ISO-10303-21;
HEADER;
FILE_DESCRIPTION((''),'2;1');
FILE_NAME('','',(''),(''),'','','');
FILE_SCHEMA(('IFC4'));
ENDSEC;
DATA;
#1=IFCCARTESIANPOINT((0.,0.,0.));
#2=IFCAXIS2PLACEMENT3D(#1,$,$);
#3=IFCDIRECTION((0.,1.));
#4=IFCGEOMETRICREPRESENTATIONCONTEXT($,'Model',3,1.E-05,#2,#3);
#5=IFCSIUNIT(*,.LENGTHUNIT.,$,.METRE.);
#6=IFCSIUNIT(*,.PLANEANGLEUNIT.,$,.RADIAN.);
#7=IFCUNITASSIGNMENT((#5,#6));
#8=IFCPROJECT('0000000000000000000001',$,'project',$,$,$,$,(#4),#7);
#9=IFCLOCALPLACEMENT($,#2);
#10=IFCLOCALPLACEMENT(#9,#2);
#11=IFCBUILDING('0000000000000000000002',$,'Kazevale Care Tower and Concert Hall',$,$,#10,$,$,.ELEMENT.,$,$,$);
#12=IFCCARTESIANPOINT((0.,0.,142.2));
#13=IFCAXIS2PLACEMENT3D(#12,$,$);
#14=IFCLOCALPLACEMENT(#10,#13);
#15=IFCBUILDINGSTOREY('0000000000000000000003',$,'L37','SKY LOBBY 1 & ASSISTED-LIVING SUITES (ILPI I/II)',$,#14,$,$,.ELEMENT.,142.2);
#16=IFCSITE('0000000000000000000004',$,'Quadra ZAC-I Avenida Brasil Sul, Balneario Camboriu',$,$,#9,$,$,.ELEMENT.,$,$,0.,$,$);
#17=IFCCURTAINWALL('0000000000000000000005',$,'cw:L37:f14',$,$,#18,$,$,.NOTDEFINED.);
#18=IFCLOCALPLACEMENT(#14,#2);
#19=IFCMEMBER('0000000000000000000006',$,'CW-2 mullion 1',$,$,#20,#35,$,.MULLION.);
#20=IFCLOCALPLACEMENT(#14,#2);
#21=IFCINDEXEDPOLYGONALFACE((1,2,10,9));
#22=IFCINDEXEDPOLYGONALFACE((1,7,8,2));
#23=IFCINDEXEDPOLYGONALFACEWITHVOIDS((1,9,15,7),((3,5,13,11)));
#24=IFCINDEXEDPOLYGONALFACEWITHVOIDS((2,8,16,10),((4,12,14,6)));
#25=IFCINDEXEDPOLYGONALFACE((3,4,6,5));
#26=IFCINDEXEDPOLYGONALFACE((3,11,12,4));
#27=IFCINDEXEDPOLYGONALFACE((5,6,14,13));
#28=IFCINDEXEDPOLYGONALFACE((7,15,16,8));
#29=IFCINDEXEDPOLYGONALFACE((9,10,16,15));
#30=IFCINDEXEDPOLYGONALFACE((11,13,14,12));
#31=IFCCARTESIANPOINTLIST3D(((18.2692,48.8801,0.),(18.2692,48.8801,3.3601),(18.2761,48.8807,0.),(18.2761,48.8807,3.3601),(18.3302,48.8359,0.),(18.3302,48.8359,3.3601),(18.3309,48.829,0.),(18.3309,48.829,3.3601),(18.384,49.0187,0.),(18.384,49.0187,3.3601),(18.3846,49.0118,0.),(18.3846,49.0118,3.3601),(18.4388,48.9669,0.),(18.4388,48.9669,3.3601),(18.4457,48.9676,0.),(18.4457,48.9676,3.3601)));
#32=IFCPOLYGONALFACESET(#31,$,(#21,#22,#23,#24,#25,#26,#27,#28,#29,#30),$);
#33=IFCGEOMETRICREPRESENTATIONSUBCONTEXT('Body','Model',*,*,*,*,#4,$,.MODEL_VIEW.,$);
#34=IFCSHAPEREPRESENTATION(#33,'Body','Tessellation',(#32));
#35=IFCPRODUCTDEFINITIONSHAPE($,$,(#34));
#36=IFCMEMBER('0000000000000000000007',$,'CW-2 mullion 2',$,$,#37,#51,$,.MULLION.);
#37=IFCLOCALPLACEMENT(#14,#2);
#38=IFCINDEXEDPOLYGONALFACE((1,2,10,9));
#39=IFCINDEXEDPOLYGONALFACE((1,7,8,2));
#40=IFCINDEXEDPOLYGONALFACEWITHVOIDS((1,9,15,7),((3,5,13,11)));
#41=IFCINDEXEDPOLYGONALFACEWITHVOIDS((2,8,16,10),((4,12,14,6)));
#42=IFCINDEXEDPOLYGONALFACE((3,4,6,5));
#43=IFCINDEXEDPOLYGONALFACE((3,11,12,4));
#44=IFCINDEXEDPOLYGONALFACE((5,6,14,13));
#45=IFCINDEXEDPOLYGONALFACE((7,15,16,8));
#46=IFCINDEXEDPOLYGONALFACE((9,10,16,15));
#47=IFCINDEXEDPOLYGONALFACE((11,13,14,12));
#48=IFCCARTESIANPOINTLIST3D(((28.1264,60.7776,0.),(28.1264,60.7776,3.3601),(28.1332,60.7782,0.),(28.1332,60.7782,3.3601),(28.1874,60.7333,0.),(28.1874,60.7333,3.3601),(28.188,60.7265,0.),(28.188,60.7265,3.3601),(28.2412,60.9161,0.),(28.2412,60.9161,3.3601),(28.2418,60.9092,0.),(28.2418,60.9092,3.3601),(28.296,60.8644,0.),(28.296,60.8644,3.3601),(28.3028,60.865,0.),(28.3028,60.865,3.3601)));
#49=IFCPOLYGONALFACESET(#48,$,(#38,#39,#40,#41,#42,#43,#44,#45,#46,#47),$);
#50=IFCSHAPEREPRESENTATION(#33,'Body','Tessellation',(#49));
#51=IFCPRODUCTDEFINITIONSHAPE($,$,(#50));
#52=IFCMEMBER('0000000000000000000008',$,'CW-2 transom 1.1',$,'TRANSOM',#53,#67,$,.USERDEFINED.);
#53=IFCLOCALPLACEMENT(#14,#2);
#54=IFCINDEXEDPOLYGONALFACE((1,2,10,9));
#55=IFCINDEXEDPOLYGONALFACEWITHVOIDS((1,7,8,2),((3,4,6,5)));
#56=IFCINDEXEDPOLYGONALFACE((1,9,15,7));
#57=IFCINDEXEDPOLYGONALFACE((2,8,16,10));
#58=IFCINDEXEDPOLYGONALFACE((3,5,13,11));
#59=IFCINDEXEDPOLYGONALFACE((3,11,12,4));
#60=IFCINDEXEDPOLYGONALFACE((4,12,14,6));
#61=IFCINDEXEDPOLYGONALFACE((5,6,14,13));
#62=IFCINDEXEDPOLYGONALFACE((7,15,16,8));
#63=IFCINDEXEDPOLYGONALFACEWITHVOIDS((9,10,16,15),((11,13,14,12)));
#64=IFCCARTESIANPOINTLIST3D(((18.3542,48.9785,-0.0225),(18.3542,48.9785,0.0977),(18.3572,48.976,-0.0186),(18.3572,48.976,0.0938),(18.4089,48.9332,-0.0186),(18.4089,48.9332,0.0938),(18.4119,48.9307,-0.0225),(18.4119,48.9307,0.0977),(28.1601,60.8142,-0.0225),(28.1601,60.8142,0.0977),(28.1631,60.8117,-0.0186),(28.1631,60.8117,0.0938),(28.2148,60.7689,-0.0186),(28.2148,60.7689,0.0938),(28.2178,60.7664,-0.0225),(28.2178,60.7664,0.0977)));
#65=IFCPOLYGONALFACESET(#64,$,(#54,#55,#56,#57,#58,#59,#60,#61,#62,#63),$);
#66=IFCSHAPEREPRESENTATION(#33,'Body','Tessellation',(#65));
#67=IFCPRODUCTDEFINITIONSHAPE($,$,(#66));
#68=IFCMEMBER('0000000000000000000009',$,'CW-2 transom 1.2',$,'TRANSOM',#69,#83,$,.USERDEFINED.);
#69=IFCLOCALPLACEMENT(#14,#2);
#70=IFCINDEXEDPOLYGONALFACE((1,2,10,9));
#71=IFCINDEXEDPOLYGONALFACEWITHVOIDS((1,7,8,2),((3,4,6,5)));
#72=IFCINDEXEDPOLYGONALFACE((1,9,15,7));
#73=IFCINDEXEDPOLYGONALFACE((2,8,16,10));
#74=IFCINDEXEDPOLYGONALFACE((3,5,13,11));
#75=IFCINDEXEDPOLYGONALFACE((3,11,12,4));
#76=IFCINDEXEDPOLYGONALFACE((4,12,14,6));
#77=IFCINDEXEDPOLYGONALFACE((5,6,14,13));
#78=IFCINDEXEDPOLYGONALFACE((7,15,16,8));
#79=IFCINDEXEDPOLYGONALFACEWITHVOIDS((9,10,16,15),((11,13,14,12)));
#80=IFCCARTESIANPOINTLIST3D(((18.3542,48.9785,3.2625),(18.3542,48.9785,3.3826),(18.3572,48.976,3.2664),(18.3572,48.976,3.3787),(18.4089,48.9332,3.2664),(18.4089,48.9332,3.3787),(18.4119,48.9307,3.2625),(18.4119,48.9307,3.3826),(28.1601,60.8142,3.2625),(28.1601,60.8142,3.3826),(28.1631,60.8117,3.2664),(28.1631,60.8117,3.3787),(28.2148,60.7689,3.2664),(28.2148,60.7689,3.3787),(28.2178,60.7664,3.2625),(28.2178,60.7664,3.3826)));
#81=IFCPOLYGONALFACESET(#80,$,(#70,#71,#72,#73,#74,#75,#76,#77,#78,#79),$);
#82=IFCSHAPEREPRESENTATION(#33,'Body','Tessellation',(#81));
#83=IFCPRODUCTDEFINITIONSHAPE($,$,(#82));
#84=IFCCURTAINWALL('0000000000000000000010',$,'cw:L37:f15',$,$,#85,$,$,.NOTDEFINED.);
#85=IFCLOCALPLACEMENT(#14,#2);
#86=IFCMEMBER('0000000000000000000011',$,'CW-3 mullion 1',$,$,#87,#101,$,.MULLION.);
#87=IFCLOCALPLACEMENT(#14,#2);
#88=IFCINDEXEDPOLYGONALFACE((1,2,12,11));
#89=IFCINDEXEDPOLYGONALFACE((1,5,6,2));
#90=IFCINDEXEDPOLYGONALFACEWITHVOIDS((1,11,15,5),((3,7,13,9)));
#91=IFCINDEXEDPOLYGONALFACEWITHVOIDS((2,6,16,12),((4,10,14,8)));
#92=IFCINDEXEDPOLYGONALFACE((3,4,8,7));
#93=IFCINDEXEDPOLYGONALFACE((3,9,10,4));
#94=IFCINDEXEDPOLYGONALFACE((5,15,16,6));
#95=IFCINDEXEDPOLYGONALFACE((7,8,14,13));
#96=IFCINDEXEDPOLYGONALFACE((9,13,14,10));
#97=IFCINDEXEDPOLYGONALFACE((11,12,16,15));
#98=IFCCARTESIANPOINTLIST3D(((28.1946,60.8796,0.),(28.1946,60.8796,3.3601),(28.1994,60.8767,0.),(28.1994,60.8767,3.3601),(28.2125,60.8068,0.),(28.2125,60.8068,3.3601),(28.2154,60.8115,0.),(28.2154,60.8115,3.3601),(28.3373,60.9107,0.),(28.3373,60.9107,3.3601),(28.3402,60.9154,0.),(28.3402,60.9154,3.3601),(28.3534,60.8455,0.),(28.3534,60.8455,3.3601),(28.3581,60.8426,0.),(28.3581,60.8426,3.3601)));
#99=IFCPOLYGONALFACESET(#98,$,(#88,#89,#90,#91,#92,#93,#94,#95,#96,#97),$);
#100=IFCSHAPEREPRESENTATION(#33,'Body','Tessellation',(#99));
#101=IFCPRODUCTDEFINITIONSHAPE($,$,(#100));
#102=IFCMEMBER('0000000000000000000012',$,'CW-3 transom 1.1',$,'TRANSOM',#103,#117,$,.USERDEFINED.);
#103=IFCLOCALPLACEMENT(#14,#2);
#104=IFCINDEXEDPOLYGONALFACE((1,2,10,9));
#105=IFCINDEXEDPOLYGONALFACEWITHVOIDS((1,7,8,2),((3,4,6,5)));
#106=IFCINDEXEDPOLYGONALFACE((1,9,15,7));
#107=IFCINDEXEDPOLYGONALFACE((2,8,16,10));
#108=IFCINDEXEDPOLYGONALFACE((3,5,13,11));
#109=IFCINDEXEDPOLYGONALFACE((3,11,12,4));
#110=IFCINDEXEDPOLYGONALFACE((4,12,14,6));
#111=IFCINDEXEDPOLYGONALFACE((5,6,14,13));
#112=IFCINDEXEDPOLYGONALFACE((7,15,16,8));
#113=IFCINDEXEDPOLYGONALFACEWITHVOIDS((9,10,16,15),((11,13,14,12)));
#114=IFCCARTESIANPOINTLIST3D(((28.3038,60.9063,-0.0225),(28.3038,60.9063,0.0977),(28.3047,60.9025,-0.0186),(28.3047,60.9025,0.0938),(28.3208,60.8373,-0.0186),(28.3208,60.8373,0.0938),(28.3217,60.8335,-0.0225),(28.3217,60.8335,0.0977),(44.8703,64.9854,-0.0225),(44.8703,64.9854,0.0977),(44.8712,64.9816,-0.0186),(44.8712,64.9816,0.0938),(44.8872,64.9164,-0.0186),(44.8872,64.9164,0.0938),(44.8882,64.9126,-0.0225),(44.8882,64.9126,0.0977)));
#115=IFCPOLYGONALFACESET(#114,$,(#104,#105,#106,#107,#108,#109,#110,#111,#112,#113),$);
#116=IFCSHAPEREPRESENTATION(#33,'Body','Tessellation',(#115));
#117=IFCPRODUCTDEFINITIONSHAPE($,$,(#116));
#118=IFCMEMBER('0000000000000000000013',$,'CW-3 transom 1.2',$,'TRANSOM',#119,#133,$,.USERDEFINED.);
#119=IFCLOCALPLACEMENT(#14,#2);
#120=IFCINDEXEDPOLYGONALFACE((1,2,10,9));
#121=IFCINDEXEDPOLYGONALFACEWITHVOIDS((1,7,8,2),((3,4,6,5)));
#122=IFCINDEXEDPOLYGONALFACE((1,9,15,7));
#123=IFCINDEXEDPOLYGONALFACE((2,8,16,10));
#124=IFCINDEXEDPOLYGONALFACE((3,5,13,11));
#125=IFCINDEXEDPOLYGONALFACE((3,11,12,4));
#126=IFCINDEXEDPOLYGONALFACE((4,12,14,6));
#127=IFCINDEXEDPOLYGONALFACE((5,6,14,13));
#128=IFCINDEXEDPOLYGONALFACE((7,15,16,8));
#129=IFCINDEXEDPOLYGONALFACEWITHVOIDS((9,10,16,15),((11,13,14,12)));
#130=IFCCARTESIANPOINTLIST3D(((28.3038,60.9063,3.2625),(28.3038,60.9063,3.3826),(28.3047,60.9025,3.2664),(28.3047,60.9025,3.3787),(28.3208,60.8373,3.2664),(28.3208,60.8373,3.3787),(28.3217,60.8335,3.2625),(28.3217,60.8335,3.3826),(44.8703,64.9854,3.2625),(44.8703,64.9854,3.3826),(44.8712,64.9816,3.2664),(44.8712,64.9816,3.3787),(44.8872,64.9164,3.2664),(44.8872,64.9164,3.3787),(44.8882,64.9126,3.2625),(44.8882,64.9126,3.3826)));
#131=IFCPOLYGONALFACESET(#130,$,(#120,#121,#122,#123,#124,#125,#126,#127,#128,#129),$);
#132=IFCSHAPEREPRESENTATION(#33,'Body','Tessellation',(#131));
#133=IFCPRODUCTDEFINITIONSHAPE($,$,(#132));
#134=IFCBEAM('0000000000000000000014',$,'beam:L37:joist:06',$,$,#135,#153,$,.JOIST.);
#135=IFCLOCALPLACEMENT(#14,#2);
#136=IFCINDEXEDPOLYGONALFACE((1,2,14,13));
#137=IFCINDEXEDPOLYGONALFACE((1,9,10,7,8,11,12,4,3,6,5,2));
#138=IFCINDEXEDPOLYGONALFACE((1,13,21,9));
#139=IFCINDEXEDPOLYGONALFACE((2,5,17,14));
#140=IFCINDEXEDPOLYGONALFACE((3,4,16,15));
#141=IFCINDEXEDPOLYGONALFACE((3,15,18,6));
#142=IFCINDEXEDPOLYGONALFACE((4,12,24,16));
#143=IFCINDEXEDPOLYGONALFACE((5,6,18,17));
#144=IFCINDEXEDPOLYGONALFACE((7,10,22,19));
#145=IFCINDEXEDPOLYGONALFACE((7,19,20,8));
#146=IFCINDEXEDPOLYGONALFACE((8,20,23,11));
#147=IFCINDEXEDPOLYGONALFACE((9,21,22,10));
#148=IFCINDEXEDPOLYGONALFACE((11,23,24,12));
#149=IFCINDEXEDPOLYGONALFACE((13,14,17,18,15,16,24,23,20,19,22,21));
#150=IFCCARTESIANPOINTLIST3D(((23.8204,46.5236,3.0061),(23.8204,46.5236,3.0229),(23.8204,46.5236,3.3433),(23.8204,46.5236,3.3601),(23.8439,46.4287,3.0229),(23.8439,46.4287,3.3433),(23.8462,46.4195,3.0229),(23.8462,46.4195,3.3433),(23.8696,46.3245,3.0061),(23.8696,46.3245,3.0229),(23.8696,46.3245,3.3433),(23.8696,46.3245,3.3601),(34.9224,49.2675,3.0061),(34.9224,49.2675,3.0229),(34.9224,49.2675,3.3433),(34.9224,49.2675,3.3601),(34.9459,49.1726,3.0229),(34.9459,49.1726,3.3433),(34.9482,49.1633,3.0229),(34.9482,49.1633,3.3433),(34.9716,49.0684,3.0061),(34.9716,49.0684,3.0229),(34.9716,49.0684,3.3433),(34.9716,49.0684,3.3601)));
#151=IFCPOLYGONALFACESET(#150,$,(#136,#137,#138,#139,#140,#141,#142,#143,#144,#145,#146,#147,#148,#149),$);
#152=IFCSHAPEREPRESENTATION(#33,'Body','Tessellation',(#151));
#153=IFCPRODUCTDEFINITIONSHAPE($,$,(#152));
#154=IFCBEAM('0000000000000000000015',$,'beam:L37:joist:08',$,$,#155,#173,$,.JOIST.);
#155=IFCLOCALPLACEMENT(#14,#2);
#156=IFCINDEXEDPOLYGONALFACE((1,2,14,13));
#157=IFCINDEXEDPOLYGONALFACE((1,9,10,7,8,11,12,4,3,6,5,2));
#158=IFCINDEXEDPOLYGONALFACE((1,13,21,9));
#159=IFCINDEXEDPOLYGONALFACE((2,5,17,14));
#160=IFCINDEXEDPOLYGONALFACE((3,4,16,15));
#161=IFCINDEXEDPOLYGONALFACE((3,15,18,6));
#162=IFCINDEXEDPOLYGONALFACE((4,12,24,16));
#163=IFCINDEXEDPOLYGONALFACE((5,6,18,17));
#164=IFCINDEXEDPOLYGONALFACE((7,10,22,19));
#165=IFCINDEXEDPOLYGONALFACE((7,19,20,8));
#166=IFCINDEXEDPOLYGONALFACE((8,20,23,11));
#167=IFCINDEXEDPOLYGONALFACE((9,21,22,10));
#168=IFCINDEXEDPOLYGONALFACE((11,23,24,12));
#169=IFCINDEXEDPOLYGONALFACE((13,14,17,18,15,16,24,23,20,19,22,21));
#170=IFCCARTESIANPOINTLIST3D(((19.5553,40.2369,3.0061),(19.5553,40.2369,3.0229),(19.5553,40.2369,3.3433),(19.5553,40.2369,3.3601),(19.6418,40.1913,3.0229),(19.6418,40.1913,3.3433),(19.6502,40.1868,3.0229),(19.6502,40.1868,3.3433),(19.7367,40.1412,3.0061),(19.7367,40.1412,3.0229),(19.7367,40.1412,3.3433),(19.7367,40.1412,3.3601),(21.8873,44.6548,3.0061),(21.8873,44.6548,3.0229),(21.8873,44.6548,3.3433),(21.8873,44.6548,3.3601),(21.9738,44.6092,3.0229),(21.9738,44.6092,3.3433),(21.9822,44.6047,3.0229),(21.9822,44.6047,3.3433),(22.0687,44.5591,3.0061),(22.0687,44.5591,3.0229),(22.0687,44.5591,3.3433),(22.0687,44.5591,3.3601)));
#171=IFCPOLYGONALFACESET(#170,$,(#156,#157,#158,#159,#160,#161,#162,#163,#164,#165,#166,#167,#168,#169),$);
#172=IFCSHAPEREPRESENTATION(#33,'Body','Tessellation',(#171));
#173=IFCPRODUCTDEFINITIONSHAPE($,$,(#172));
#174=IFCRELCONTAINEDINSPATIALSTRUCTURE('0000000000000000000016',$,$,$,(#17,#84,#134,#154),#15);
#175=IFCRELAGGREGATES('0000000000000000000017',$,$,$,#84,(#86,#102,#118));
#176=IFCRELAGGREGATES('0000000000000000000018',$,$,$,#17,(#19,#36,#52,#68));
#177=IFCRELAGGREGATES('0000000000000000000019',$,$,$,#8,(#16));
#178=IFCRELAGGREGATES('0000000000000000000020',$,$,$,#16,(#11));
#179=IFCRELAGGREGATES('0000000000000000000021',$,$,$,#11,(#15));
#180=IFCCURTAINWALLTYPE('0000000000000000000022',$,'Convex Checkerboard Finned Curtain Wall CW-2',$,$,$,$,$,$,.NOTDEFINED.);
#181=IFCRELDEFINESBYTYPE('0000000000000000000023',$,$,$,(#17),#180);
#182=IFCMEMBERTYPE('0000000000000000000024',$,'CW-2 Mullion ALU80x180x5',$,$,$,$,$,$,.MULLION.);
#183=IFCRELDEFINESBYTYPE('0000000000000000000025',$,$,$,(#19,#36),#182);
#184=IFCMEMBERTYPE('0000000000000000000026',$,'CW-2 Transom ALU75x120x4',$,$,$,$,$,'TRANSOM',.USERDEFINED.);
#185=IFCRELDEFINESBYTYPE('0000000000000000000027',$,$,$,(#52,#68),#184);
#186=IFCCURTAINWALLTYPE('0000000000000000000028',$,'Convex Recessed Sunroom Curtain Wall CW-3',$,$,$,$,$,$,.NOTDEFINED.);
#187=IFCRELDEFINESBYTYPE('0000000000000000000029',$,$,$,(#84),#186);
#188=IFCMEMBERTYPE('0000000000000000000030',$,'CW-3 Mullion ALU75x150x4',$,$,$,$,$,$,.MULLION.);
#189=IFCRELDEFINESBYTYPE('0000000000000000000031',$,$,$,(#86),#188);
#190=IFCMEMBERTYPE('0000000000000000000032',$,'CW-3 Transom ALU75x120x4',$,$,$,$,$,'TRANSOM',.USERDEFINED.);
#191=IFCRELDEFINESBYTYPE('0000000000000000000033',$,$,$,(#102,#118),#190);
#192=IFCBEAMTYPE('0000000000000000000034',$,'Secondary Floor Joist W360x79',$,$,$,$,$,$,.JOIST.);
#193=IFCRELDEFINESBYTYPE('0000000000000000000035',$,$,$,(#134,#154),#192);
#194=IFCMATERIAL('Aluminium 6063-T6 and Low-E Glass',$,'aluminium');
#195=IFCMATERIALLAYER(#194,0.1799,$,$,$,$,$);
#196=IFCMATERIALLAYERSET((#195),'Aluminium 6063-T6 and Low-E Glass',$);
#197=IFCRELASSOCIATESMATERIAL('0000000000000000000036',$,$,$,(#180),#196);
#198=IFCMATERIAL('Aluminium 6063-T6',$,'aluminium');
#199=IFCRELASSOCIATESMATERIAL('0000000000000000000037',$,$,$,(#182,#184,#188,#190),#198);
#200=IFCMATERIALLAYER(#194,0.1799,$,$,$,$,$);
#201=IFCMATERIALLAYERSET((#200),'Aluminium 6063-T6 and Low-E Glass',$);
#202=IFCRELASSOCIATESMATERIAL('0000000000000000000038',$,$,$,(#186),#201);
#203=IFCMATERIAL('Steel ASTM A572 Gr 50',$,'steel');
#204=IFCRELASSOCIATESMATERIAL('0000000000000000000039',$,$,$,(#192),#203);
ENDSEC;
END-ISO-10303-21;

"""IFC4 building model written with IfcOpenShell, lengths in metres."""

from ifc_helpers import new_model, si_unit, direction, frame, origin, origin_2d, place, context, subcontext, project, spatial, hollow_rectangle, i_section, extrude, material, layer, layer_set, material_profile, profile_set, type_object, element, aggregate, save


model = new_model("IFC4")

# Units and contexts
model_context = context("Model", 3, precision=1e-05, world=origin(), true_north=direction((0.0, 1.0)))
body_context = subcontext(model_context, "Body", "Model", "MODEL_VIEW")
ifc_project = project(units=[si_unit("LENGTHUNIT", "METRE"), si_unit("PLANEANGLEUNIT", "RADIAN")], contexts=[model_context])

# Site, building, storey
site_placement = place(None, origin())
site = spatial("IfcSite", under=ifc_project, at=site_placement, Name="Quadra ZAC-I Avenida Brasil Sul, Balneario Camboriu", CompositionType="ELEMENT", RefElevation=0.0)
building_placement = place(site_placement, origin())
building = spatial("IfcBuilding", under=site, at=building_placement, Name="Kazevale Care Tower and Concert Hall", CompositionType="ELEMENT")
storey_placement = place(building_placement, frame((0.0, 0.0, 142.2)))
storey = spatial("IfcBuildingStorey", under=building, at=storey_placement, Name="L37", Description="SKY LOBBY 1 & ASSISTED-LIVING SUITES (ILPI I/II)", CompositionType="ELEMENT", Elevation=142.2)

# Curtain walls, members
ifc_material_1 = material(Name="Aluminium 6063-T6 and Low-E Glass", Category="aluminium")
ifc_layer_1 = layer(ifc_material_1, 0.1799)
ifc_layer_set_1 = layer_set([ifc_layer_1], Name="Aluminium 6063-T6 and Low-E Glass")
curtain_wall_type_1 = type_object("IfcCurtainWallType", Name="Convex Checkerboard Finned Curtain Wall CW-2", PredefinedType="NOTDEFINED", material=ifc_layer_set_1)
curtain_wall_1_placement = place(storey_placement, origin())
curtain_wall_1 = element("IfcCurtainWall", 1, at=curtain_wall_1_placement, inside=storey, type_object=curtain_wall_type_1, Name="cw:L37:f14", PredefinedType="NOTDEFINED")
ifc_material_2 = material(Name="Aluminium 6063-T6", Category="aluminium")
ifc_material_profile_1 = material_profile(ifc_material_2, hollow_rectangle(XDim=0.0801, YDim=0.1799, WallThickness=0.0049, at=origin_2d()), Name="ALU80x180x5")
ifc_profile_set_1 = profile_set([ifc_material_profile_1], Name="Aluminium 6063-T6")
member_type_1 = type_object("IfcMemberType", Name="CW-2 Mullion ALU80x180x5", PredefinedType="MULLION", material=ifc_profile_set_1)
member_1_placement = place(storey_placement, frame((18.3574, 48.9238, 0.0), z_axis=(0.0, 0.0, 1.0), x_axis=(-0.77005, 0.637984, 0.0)))
member_1 = element("IfcMember", 2, at=member_1_placement, type_object=member_type_1, Name="CW-2 mullion 1", PredefinedType="MULLION", context=body_context, shape_type="SweptSolid", body=[
    extrude(hollow_rectangle(XDim=0.0801, YDim=0.1799, WallThickness=0.0049, at=origin_2d()), origin(), (0.0, 0.0, 1.0), 3.3601),
])
member_2_placement = place(storey_placement, frame((28.2146, 60.8213, 0.0), z_axis=(0.0, 0.0, 1.0), x_axis=(-0.77005, 0.637984, 0.0)))
member_2 = element("IfcMember", 3, at=member_2_placement, type_object=member_type_1, Name="CW-2 mullion 2", PredefinedType="MULLION", context=body_context, shape_type="SweptSolid", body=[
    extrude(hollow_rectangle(XDim=0.0801, YDim=0.1799, WallThickness=0.0049, at=origin_2d()), origin(), (0.0, 0.0, 1.0), 3.3601),
])
ifc_material_profile_2 = material_profile(ifc_material_2, hollow_rectangle(XDim=0.075, YDim=0.1201, WallThickness=0.0039, at=origin_2d()), Name="ALU75x120x4")
ifc_profile_set_2 = profile_set([ifc_material_profile_2], Name="Aluminium 6063-T6")
member_type_2 = type_object("IfcMemberType", Name="CW-2 Transom ALU75x120x4", ElementType="TRANSOM", PredefinedType="USERDEFINED", material=ifc_profile_set_2)
member_3_placement = place(storey_placement, frame((18.3831, 48.9546, 0.0376), z_axis=(0.637987, 0.770047, 0.0), x_axis=(-0.770047, 0.637987, 0.0)))
member_3 = element("IfcMember", 4, at=member_3_placement, type_object=member_type_2, Name="CW-2 transom 1.1", ObjectType="TRANSOM", PredefinedType="USERDEFINED", context=body_context, shape_type="SweptSolid", body=[
    extrude(hollow_rectangle(XDim=0.075, YDim=0.1201, WallThickness=0.0039, at=origin_2d()), origin(), (0.0, 0.0, 1.0), 15.3701),
])
member_4_placement = place(storey_placement, frame((18.3831, 48.9546, 3.3225), z_axis=(0.637987, 0.770047, 0.0), x_axis=(-0.770047, 0.637987, 0.0)))
member_4 = element("IfcMember", 5, at=member_4_placement, type_object=member_type_2, Name="CW-2 transom 1.2", ObjectType="TRANSOM", PredefinedType="USERDEFINED", context=body_context, shape_type="SweptSolid", body=[
    extrude(hollow_rectangle(XDim=0.075, YDim=0.1201, WallThickness=0.0039, at=origin_2d()), origin(), (0.0, 0.0, 1.0), 15.3701),
])
ifc_layer_2 = layer(ifc_material_1, 0.1799)
ifc_layer_set_2 = layer_set([ifc_layer_2], Name="Aluminium 6063-T6 and Low-E Glass")
curtain_wall_type_2 = type_object("IfcCurtainWallType", Name="Convex Recessed Sunroom Curtain Wall CW-3", PredefinedType="NOTDEFINED", material=ifc_layer_set_2)
curtain_wall_2_placement = place(storey_placement, origin())
curtain_wall_2 = element("IfcCurtainWall", 6, at=curtain_wall_2_placement, inside=storey, type_object=curtain_wall_type_2, Name="cw:L37:f15", PredefinedType="NOTDEFINED")
ifc_material_profile_3 = material_profile(ifc_material_2, hollow_rectangle(XDim=0.075, YDim=0.1499, WallThickness=0.0039, at=origin_2d()), Name="ALU75x150x4")
ifc_profile_set_3 = profile_set([ifc_material_profile_3], Name="Aluminium 6063-T6")
member_type_3 = type_object("IfcMemberType", Name="CW-3 Mullion ALU75x150x4", PredefinedType="MULLION", material=ifc_profile_set_3)
member_5_placement = place(storey_placement, frame((28.2764, 60.8611, 0.0), z_axis=(0.0, 0.0, 1.0), x_axis=(-0.239089, 0.970998, 0.0)))
member_5 = element("IfcMember", 7, at=member_5_placement, type_object=member_type_3, Name="CW-3 mullion 1", PredefinedType="MULLION", context=body_context, shape_type="SweptSolid", body=[
    extrude(hollow_rectangle(XDim=0.075, YDim=0.1499, WallThickness=0.0039, at=origin_2d()), origin(), (0.0, 0.0, 1.0), 3.3601),
])
ifc_material_profile_4 = material_profile(ifc_material_2, hollow_rectangle(XDim=0.075, YDim=0.1201, WallThickness=0.0039, at=origin_2d()), Name="ALU75x120x4")
ifc_profile_set_4 = profile_set([ifc_material_profile_4], Name="Aluminium 6063-T6")
member_type_4 = type_object("IfcMemberType", Name="CW-3 Transom ALU75x120x4", ElementType="TRANSOM", PredefinedType="USERDEFINED", material=ifc_profile_set_4)
member_6_placement = place(storey_placement, frame((28.3127, 60.8699, 0.0376), z_axis=(0.970998, 0.239086, 0.0), x_axis=(-0.239086, 0.970998, 0.0)))
member_6 = element("IfcMember", 8, at=member_6_placement, type_object=member_type_4, Name="CW-3 transom 1.1", ObjectType="TRANSOM", PredefinedType="USERDEFINED", context=body_context, shape_type="SweptSolid", body=[
    extrude(hollow_rectangle(XDim=0.075, YDim=0.1201, WallThickness=0.0039, at=origin_2d()), origin(), (0.0, 0.0, 1.0), 17.0613),
])
member_7_placement = place(storey_placement, frame((28.3127, 60.8699, 3.3225), z_axis=(0.970998, 0.239086, 0.0), x_axis=(-0.239086, 0.970998, 0.0)))
member_7 = element("IfcMember", 9, at=member_7_placement, type_object=member_type_4, Name="CW-3 transom 1.2", ObjectType="TRANSOM", PredefinedType="USERDEFINED", context=body_context, shape_type="SweptSolid", body=[
    extrude(hollow_rectangle(XDim=0.075, YDim=0.1201, WallThickness=0.0039, at=origin_2d()), origin(), (0.0, 0.0, 1.0), 17.0613),
])
aggregate(curtain_wall_2, [member_5, member_6, member_7])

# Beams
ifc_material_3 = material(Name="Steel ASTM A572 Gr 50", Category="steel")
ifc_material_profile_5 = material_profile(ifc_material_3, i_section(OverallWidth=0.2051, OverallDepth=0.354, WebThickness=0.0095, FlangeThickness=0.0168, at=origin_2d()), Name="W360x79")
ifc_profile_set_5 = profile_set([ifc_material_profile_5], Name="Steel ASTM A572 Gr 50")
beam_type_1 = type_object("IfcBeamType", Name="Secondary Floor Joist W360x79", PredefinedType="JOIST", material=ifc_profile_set_5)
beam_1_placement = place(storey_placement, frame((34.947, 49.168, 3.1831), z_axis=(-0.97079, -0.239933, 0.0), x_axis=(0.239933, -0.97079, 0.0)))
element("IfcBeam", 10, at=beam_1_placement, inside=storey, type_object=beam_type_1, Name="beam:L37:joist:06", PredefinedType="JOIST", context=body_context, shape_type="SweptSolid", body=[
    extrude(i_section(OverallWidth=0.2051, OverallDepth=0.354, WebThickness=0.0095, FlangeThickness=0.0168, at=origin_2d()), origin(), (0.0, 0.0, 1.0), 11.436),
])
beam_2_placement = place(storey_placement, frame((21.978, 44.6069, 3.1831), z_axis=(-0.46681, -0.884358, 0.0), x_axis=(0.884358, -0.46681, 0.0)))
element("IfcBeam", 11, at=beam_2_placement, inside=storey, type_object=beam_type_1, Name="beam:L37:joist:08", PredefinedType="JOIST", context=body_context, shape_type="SweptSolid", body=[
    extrude(i_section(OverallWidth=0.2051, OverallDepth=0.354, WebThickness=0.0095, FlangeThickness=0.0168, at=origin_2d()), origin(), (0.0, 0.0, 1.0), 4.9956),
])

aggregate(curtain_wall_1, [member_1, member_2, member_3, member_4])

save(model, "model.ifc")
